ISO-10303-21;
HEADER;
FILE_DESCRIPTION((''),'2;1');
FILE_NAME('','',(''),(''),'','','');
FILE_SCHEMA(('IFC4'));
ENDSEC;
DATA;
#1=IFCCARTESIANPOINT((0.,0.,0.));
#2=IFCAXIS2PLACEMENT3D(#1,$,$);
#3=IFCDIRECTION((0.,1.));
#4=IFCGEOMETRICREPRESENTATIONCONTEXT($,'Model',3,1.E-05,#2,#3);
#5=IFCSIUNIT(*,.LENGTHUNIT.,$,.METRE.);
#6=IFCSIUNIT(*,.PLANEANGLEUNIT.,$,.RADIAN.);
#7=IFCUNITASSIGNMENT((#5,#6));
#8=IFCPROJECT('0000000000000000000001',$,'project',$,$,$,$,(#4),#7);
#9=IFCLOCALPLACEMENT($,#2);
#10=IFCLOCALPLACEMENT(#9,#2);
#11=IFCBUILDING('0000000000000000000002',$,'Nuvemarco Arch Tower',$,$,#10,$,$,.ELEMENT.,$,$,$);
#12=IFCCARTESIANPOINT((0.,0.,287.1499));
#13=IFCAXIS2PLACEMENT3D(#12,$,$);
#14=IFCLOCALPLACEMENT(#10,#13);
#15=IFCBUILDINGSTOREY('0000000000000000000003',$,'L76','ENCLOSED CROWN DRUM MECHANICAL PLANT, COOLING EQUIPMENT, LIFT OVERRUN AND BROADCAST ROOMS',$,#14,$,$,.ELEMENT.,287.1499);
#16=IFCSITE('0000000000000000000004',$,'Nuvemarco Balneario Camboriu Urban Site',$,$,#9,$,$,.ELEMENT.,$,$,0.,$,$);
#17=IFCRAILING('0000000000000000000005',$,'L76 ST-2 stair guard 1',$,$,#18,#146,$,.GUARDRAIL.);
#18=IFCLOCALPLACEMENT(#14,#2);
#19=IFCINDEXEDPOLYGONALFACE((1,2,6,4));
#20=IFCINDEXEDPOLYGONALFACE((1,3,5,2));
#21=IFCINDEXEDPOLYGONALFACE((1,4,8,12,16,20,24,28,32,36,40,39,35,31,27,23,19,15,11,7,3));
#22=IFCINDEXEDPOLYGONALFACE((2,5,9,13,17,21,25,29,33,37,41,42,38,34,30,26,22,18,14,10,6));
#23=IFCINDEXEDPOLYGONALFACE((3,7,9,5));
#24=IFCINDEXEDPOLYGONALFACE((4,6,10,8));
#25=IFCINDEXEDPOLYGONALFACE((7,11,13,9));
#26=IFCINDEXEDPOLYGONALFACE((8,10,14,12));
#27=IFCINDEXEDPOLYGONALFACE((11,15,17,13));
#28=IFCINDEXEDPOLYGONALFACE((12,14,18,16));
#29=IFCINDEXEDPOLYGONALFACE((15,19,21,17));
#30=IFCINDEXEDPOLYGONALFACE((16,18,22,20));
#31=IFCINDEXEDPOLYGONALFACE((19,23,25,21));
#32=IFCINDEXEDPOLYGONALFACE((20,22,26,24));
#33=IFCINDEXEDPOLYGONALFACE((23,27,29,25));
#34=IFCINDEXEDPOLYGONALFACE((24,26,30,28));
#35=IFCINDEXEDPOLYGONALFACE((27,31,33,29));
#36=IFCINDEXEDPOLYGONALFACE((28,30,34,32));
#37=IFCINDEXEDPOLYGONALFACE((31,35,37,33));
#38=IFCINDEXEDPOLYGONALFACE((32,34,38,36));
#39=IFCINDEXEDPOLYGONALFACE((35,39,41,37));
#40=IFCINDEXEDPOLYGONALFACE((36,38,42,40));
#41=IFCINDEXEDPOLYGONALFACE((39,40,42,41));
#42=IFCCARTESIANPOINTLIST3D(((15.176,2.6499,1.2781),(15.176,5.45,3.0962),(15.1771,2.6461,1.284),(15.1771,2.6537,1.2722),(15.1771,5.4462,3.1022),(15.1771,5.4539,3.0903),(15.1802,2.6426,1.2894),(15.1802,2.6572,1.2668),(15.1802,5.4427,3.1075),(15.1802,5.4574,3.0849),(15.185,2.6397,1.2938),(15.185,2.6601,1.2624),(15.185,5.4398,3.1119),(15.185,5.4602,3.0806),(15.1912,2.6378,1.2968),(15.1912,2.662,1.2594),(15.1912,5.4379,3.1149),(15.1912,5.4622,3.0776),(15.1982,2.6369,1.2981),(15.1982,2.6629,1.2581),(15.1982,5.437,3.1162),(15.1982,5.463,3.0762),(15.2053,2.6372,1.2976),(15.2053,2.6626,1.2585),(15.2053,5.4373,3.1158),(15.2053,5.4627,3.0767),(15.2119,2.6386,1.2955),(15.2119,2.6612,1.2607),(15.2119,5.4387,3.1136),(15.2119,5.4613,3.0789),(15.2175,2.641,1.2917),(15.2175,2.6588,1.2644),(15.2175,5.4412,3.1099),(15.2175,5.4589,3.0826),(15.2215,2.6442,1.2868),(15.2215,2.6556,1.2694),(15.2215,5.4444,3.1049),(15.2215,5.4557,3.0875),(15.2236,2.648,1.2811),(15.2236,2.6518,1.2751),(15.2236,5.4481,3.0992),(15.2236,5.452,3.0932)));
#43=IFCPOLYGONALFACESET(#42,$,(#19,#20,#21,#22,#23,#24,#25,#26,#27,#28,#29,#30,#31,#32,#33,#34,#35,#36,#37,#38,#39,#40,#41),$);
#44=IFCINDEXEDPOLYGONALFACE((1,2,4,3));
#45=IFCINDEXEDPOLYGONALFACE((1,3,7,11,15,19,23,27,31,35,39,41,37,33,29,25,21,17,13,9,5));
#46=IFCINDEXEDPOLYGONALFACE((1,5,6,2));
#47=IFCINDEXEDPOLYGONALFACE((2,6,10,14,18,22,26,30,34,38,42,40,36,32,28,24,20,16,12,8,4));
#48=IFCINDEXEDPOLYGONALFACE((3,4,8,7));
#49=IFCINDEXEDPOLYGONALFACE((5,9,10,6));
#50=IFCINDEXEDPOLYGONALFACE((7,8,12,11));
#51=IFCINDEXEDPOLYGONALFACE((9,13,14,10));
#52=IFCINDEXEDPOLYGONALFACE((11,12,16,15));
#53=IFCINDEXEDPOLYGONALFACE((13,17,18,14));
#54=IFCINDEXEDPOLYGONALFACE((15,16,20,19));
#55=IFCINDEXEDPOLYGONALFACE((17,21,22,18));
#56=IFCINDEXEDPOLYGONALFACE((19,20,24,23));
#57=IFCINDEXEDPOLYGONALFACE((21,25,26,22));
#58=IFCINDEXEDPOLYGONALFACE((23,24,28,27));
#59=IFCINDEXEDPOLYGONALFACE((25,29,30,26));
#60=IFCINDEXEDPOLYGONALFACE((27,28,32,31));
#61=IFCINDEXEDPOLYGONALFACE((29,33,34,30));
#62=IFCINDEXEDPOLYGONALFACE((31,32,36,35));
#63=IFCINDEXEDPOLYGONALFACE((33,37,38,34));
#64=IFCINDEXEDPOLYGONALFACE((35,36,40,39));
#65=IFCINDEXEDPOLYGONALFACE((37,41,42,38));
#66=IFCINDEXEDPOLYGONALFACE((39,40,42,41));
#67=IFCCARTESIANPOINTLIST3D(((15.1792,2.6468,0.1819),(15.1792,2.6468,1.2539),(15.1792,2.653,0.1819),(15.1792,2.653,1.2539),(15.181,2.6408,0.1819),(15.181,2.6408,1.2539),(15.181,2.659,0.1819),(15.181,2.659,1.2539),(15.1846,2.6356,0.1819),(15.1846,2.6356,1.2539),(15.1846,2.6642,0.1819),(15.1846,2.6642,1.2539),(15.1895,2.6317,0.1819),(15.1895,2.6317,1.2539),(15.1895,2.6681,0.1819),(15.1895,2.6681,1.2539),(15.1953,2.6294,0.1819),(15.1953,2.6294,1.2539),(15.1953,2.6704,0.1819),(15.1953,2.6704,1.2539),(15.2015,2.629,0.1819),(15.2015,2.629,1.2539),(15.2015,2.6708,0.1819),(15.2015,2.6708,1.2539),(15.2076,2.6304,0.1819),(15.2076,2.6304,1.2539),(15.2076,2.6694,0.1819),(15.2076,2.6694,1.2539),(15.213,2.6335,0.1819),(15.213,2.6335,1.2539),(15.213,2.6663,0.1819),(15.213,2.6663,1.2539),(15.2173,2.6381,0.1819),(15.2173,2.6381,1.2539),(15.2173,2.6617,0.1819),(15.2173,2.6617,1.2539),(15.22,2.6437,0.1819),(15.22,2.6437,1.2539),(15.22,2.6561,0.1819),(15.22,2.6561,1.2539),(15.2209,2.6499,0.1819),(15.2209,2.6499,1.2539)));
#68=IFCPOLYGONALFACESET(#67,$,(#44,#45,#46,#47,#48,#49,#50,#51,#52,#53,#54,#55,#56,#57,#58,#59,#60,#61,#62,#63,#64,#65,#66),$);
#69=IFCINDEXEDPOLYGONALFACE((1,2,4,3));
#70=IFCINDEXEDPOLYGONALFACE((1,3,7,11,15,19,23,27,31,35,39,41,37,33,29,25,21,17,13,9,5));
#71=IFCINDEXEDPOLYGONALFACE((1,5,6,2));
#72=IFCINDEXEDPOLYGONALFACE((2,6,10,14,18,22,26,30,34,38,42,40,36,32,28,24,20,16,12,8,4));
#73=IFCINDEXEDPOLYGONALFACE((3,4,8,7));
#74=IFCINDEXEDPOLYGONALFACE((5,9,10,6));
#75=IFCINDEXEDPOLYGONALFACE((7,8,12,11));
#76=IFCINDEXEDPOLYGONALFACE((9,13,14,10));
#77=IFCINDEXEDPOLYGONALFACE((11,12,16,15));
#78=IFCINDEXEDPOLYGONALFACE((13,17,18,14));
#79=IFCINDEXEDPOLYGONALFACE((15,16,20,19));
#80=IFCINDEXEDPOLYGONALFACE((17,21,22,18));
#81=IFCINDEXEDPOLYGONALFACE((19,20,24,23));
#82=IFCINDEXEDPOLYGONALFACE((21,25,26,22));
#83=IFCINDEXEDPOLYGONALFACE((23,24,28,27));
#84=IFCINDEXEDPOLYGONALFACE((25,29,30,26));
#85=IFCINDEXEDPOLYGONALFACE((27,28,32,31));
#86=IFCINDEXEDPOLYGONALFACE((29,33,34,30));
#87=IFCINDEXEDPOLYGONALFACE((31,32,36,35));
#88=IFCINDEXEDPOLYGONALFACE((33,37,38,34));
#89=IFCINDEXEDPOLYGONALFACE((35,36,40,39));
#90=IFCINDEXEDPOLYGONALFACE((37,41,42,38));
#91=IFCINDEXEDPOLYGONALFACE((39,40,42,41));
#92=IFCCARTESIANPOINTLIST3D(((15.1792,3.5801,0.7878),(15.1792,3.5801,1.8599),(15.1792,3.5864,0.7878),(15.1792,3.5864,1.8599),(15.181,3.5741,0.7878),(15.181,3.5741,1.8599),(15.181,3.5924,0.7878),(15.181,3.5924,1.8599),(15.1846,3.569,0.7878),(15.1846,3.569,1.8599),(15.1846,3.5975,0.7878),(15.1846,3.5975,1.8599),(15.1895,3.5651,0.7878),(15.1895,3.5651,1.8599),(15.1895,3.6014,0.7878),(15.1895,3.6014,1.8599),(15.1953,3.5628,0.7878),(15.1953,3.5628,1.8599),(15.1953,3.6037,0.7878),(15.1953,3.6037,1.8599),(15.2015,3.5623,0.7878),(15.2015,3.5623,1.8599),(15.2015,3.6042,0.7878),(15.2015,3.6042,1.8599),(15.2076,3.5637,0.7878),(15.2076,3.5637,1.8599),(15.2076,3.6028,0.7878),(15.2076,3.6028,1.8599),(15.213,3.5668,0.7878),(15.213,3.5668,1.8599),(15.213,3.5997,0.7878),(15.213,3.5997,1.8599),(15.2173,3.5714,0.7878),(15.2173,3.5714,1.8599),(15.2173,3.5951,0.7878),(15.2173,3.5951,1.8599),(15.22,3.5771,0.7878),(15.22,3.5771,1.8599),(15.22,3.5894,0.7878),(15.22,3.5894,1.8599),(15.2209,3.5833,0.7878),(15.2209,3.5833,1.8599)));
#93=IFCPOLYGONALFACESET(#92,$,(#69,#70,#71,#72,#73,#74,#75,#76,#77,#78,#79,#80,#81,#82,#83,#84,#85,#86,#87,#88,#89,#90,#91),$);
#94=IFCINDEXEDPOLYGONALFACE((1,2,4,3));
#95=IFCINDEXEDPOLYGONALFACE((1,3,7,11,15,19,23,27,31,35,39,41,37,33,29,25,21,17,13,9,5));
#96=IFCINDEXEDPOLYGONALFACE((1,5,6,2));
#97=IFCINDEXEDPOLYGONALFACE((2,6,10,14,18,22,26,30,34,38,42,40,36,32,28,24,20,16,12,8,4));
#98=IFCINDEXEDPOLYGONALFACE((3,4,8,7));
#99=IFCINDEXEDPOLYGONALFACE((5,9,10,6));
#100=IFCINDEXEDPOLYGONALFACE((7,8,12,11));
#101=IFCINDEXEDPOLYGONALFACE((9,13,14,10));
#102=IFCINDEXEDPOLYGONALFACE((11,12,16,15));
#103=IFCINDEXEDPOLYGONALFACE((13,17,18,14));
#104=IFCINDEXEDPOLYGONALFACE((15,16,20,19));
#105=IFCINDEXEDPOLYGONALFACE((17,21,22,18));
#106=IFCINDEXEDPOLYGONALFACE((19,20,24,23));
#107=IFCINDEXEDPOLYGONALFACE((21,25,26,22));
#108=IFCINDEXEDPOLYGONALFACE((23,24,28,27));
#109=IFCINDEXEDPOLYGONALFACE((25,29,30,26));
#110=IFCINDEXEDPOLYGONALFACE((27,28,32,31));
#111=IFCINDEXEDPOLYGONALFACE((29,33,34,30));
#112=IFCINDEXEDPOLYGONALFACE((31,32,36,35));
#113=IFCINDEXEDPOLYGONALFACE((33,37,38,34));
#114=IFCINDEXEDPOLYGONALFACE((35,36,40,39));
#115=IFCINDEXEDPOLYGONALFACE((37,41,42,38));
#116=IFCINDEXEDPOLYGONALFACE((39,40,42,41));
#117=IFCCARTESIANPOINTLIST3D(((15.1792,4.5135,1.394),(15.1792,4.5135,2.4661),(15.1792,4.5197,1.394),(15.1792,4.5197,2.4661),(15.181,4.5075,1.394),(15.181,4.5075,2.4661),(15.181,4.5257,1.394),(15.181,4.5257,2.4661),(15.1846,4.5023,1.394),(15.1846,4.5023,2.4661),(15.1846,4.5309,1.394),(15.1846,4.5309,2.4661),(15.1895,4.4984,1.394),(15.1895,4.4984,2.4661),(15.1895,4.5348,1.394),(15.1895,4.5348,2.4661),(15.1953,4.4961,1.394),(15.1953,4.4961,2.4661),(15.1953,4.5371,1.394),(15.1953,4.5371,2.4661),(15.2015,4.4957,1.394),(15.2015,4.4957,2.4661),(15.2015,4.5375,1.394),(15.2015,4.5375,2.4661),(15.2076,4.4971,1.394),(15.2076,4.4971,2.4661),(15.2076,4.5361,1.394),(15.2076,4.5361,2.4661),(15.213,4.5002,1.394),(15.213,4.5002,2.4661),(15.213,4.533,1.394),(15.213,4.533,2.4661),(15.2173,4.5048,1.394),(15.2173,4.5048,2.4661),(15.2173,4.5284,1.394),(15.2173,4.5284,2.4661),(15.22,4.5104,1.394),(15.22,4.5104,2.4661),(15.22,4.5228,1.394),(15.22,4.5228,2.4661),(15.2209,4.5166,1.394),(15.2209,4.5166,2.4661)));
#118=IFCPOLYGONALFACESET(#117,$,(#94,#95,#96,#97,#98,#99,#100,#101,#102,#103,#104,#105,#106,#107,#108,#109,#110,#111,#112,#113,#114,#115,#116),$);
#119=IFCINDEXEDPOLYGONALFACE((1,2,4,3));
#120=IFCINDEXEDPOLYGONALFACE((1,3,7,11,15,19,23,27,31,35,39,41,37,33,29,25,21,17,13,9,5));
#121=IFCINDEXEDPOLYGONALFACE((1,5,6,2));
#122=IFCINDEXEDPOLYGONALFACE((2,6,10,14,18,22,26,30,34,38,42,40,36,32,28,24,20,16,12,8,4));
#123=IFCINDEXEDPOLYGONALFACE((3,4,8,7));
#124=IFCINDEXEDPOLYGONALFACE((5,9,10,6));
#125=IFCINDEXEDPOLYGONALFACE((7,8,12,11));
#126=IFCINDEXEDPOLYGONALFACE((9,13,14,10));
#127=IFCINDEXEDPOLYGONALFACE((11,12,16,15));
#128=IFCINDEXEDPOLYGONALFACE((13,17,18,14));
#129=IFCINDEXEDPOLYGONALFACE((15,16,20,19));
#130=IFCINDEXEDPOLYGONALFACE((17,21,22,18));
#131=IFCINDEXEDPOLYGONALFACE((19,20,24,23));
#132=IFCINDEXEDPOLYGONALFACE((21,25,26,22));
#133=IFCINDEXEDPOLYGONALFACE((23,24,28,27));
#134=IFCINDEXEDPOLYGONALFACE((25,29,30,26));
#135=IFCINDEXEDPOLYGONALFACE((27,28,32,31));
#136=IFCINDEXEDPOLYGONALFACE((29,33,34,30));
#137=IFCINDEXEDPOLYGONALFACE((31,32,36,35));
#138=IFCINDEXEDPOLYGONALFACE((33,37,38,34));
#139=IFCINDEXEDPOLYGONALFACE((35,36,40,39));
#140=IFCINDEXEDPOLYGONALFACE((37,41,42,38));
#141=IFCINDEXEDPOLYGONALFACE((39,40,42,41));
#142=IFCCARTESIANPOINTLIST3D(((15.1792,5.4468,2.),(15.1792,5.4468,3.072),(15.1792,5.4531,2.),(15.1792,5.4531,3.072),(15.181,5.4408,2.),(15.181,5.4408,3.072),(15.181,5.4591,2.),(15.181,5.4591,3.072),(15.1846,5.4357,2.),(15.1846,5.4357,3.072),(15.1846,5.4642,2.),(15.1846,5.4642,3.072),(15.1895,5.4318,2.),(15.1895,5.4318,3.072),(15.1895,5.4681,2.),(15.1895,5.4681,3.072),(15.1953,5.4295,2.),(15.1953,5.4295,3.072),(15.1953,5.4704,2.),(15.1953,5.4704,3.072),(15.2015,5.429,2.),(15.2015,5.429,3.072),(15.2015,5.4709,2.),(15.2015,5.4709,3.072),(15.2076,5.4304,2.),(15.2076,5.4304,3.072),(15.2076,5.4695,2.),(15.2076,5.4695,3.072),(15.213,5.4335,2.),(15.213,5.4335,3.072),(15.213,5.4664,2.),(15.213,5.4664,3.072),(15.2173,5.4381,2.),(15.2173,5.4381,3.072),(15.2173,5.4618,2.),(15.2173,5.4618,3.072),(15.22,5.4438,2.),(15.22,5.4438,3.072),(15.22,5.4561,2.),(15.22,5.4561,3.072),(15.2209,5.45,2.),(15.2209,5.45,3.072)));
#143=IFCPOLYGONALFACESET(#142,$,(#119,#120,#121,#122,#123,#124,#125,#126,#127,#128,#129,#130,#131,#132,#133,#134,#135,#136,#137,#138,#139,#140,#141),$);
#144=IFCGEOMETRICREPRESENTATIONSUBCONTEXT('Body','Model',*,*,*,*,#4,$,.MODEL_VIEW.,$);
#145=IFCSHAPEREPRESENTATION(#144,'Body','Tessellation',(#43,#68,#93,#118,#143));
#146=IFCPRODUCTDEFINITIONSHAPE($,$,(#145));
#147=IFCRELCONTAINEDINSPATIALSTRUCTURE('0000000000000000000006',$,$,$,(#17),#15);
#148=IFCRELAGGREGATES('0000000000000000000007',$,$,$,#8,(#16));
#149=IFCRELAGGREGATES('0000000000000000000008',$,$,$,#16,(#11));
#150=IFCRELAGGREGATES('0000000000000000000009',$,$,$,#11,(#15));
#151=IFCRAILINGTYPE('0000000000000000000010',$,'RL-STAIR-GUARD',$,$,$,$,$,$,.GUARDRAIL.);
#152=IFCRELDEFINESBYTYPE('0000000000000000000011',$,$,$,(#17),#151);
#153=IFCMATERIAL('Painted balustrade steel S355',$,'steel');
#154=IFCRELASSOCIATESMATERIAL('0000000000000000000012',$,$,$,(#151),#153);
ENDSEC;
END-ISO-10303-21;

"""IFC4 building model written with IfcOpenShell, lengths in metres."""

from ifc_helpers import new_model, si_unit, direction, frame, origin, origin_2d, place, context, subcontext, project, spatial, circle, extrude, material, type_object, element, save


model = new_model("IFC4")

# Units and contexts
model_context = context("Model", 3, precision=1e-05, world=origin(), true_north=direction((0.0, 1.0)))
body_context = subcontext(model_context, "Body", "Model", "MODEL_VIEW")
ifc_project = project(units=[si_unit("LENGTHUNIT", "METRE"), si_unit("PLANEANGLEUNIT", "RADIAN")], contexts=[model_context])

# Site, building, storey
site_placement = place(None, origin())
site = spatial("IfcSite", under=ifc_project, at=site_placement, Name="Nuvemarco Balneario Camboriu Urban Site", CompositionType="ELEMENT", RefElevation=0.0)
building_placement = place(site_placement, origin())
building = spatial("IfcBuilding", under=site, at=building_placement, Name="Nuvemarco Arch Tower", CompositionType="ELEMENT")
storey_placement = place(building_placement, frame((0.0, 0.0, 287.1499)))
storey = spatial("IfcBuildingStorey", under=building, at=storey_placement, Name="L76", Description="ENCLOSED CROWN DRUM MECHANICAL PLANT, COOLING EQUIPMENT, LIFT OVERRUN AND BROADCAST ROOMS", CompositionType="ELEMENT", Elevation=287.1499)

# Railing
ifc_material_1 = material(Name="Painted balustrade steel S355", Category="steel")
railing_type_1 = type_object("IfcRailingType", Name="RL-STAIR-GUARD", PredefinedType="GUARDRAIL", material=ifc_material_1)
railing_1_placement = place(storey_placement, frame((15.2, 2.6499, 0.1819)))
element("IfcRailing", 1, at=railing_1_placement, inside=storey, type_object=railing_type_1, Name="L76 ST-2 stair guard 1", PredefinedType="GUARDRAIL", context=body_context, shape_type="SweptSolid", body=[
    extrude(circle(Radius=0.0239, at=origin_2d()), frame((0.0, 0.0, 1.0962), z_axis=(0.0, 0.838706, 0.544585), x_axis=(-1.0, 0.0, 0.0)), (0.0, 0.0, 1.0), 3.3386),
    extrude(circle(Radius=0.021, at=origin_2d()), origin(), (0.0, 0.0, 1.0), 1.072),
    extrude(circle(Radius=0.021, at=origin_2d()), frame((0.0, 0.9333, 0.606)), (0.0, 0.0, 1.0), 1.072),
    extrude(circle(Radius=0.021, at=origin_2d()), frame((0.0, 1.8667, 1.2122)), (0.0, 0.0, 1.0), 1.072),
    extrude(circle(Radius=0.021, at=origin_2d()), frame((0.0, 2.8, 1.8181)), (0.0, 0.0, 1.0), 1.072),
])

save(model, "model.ifc")
